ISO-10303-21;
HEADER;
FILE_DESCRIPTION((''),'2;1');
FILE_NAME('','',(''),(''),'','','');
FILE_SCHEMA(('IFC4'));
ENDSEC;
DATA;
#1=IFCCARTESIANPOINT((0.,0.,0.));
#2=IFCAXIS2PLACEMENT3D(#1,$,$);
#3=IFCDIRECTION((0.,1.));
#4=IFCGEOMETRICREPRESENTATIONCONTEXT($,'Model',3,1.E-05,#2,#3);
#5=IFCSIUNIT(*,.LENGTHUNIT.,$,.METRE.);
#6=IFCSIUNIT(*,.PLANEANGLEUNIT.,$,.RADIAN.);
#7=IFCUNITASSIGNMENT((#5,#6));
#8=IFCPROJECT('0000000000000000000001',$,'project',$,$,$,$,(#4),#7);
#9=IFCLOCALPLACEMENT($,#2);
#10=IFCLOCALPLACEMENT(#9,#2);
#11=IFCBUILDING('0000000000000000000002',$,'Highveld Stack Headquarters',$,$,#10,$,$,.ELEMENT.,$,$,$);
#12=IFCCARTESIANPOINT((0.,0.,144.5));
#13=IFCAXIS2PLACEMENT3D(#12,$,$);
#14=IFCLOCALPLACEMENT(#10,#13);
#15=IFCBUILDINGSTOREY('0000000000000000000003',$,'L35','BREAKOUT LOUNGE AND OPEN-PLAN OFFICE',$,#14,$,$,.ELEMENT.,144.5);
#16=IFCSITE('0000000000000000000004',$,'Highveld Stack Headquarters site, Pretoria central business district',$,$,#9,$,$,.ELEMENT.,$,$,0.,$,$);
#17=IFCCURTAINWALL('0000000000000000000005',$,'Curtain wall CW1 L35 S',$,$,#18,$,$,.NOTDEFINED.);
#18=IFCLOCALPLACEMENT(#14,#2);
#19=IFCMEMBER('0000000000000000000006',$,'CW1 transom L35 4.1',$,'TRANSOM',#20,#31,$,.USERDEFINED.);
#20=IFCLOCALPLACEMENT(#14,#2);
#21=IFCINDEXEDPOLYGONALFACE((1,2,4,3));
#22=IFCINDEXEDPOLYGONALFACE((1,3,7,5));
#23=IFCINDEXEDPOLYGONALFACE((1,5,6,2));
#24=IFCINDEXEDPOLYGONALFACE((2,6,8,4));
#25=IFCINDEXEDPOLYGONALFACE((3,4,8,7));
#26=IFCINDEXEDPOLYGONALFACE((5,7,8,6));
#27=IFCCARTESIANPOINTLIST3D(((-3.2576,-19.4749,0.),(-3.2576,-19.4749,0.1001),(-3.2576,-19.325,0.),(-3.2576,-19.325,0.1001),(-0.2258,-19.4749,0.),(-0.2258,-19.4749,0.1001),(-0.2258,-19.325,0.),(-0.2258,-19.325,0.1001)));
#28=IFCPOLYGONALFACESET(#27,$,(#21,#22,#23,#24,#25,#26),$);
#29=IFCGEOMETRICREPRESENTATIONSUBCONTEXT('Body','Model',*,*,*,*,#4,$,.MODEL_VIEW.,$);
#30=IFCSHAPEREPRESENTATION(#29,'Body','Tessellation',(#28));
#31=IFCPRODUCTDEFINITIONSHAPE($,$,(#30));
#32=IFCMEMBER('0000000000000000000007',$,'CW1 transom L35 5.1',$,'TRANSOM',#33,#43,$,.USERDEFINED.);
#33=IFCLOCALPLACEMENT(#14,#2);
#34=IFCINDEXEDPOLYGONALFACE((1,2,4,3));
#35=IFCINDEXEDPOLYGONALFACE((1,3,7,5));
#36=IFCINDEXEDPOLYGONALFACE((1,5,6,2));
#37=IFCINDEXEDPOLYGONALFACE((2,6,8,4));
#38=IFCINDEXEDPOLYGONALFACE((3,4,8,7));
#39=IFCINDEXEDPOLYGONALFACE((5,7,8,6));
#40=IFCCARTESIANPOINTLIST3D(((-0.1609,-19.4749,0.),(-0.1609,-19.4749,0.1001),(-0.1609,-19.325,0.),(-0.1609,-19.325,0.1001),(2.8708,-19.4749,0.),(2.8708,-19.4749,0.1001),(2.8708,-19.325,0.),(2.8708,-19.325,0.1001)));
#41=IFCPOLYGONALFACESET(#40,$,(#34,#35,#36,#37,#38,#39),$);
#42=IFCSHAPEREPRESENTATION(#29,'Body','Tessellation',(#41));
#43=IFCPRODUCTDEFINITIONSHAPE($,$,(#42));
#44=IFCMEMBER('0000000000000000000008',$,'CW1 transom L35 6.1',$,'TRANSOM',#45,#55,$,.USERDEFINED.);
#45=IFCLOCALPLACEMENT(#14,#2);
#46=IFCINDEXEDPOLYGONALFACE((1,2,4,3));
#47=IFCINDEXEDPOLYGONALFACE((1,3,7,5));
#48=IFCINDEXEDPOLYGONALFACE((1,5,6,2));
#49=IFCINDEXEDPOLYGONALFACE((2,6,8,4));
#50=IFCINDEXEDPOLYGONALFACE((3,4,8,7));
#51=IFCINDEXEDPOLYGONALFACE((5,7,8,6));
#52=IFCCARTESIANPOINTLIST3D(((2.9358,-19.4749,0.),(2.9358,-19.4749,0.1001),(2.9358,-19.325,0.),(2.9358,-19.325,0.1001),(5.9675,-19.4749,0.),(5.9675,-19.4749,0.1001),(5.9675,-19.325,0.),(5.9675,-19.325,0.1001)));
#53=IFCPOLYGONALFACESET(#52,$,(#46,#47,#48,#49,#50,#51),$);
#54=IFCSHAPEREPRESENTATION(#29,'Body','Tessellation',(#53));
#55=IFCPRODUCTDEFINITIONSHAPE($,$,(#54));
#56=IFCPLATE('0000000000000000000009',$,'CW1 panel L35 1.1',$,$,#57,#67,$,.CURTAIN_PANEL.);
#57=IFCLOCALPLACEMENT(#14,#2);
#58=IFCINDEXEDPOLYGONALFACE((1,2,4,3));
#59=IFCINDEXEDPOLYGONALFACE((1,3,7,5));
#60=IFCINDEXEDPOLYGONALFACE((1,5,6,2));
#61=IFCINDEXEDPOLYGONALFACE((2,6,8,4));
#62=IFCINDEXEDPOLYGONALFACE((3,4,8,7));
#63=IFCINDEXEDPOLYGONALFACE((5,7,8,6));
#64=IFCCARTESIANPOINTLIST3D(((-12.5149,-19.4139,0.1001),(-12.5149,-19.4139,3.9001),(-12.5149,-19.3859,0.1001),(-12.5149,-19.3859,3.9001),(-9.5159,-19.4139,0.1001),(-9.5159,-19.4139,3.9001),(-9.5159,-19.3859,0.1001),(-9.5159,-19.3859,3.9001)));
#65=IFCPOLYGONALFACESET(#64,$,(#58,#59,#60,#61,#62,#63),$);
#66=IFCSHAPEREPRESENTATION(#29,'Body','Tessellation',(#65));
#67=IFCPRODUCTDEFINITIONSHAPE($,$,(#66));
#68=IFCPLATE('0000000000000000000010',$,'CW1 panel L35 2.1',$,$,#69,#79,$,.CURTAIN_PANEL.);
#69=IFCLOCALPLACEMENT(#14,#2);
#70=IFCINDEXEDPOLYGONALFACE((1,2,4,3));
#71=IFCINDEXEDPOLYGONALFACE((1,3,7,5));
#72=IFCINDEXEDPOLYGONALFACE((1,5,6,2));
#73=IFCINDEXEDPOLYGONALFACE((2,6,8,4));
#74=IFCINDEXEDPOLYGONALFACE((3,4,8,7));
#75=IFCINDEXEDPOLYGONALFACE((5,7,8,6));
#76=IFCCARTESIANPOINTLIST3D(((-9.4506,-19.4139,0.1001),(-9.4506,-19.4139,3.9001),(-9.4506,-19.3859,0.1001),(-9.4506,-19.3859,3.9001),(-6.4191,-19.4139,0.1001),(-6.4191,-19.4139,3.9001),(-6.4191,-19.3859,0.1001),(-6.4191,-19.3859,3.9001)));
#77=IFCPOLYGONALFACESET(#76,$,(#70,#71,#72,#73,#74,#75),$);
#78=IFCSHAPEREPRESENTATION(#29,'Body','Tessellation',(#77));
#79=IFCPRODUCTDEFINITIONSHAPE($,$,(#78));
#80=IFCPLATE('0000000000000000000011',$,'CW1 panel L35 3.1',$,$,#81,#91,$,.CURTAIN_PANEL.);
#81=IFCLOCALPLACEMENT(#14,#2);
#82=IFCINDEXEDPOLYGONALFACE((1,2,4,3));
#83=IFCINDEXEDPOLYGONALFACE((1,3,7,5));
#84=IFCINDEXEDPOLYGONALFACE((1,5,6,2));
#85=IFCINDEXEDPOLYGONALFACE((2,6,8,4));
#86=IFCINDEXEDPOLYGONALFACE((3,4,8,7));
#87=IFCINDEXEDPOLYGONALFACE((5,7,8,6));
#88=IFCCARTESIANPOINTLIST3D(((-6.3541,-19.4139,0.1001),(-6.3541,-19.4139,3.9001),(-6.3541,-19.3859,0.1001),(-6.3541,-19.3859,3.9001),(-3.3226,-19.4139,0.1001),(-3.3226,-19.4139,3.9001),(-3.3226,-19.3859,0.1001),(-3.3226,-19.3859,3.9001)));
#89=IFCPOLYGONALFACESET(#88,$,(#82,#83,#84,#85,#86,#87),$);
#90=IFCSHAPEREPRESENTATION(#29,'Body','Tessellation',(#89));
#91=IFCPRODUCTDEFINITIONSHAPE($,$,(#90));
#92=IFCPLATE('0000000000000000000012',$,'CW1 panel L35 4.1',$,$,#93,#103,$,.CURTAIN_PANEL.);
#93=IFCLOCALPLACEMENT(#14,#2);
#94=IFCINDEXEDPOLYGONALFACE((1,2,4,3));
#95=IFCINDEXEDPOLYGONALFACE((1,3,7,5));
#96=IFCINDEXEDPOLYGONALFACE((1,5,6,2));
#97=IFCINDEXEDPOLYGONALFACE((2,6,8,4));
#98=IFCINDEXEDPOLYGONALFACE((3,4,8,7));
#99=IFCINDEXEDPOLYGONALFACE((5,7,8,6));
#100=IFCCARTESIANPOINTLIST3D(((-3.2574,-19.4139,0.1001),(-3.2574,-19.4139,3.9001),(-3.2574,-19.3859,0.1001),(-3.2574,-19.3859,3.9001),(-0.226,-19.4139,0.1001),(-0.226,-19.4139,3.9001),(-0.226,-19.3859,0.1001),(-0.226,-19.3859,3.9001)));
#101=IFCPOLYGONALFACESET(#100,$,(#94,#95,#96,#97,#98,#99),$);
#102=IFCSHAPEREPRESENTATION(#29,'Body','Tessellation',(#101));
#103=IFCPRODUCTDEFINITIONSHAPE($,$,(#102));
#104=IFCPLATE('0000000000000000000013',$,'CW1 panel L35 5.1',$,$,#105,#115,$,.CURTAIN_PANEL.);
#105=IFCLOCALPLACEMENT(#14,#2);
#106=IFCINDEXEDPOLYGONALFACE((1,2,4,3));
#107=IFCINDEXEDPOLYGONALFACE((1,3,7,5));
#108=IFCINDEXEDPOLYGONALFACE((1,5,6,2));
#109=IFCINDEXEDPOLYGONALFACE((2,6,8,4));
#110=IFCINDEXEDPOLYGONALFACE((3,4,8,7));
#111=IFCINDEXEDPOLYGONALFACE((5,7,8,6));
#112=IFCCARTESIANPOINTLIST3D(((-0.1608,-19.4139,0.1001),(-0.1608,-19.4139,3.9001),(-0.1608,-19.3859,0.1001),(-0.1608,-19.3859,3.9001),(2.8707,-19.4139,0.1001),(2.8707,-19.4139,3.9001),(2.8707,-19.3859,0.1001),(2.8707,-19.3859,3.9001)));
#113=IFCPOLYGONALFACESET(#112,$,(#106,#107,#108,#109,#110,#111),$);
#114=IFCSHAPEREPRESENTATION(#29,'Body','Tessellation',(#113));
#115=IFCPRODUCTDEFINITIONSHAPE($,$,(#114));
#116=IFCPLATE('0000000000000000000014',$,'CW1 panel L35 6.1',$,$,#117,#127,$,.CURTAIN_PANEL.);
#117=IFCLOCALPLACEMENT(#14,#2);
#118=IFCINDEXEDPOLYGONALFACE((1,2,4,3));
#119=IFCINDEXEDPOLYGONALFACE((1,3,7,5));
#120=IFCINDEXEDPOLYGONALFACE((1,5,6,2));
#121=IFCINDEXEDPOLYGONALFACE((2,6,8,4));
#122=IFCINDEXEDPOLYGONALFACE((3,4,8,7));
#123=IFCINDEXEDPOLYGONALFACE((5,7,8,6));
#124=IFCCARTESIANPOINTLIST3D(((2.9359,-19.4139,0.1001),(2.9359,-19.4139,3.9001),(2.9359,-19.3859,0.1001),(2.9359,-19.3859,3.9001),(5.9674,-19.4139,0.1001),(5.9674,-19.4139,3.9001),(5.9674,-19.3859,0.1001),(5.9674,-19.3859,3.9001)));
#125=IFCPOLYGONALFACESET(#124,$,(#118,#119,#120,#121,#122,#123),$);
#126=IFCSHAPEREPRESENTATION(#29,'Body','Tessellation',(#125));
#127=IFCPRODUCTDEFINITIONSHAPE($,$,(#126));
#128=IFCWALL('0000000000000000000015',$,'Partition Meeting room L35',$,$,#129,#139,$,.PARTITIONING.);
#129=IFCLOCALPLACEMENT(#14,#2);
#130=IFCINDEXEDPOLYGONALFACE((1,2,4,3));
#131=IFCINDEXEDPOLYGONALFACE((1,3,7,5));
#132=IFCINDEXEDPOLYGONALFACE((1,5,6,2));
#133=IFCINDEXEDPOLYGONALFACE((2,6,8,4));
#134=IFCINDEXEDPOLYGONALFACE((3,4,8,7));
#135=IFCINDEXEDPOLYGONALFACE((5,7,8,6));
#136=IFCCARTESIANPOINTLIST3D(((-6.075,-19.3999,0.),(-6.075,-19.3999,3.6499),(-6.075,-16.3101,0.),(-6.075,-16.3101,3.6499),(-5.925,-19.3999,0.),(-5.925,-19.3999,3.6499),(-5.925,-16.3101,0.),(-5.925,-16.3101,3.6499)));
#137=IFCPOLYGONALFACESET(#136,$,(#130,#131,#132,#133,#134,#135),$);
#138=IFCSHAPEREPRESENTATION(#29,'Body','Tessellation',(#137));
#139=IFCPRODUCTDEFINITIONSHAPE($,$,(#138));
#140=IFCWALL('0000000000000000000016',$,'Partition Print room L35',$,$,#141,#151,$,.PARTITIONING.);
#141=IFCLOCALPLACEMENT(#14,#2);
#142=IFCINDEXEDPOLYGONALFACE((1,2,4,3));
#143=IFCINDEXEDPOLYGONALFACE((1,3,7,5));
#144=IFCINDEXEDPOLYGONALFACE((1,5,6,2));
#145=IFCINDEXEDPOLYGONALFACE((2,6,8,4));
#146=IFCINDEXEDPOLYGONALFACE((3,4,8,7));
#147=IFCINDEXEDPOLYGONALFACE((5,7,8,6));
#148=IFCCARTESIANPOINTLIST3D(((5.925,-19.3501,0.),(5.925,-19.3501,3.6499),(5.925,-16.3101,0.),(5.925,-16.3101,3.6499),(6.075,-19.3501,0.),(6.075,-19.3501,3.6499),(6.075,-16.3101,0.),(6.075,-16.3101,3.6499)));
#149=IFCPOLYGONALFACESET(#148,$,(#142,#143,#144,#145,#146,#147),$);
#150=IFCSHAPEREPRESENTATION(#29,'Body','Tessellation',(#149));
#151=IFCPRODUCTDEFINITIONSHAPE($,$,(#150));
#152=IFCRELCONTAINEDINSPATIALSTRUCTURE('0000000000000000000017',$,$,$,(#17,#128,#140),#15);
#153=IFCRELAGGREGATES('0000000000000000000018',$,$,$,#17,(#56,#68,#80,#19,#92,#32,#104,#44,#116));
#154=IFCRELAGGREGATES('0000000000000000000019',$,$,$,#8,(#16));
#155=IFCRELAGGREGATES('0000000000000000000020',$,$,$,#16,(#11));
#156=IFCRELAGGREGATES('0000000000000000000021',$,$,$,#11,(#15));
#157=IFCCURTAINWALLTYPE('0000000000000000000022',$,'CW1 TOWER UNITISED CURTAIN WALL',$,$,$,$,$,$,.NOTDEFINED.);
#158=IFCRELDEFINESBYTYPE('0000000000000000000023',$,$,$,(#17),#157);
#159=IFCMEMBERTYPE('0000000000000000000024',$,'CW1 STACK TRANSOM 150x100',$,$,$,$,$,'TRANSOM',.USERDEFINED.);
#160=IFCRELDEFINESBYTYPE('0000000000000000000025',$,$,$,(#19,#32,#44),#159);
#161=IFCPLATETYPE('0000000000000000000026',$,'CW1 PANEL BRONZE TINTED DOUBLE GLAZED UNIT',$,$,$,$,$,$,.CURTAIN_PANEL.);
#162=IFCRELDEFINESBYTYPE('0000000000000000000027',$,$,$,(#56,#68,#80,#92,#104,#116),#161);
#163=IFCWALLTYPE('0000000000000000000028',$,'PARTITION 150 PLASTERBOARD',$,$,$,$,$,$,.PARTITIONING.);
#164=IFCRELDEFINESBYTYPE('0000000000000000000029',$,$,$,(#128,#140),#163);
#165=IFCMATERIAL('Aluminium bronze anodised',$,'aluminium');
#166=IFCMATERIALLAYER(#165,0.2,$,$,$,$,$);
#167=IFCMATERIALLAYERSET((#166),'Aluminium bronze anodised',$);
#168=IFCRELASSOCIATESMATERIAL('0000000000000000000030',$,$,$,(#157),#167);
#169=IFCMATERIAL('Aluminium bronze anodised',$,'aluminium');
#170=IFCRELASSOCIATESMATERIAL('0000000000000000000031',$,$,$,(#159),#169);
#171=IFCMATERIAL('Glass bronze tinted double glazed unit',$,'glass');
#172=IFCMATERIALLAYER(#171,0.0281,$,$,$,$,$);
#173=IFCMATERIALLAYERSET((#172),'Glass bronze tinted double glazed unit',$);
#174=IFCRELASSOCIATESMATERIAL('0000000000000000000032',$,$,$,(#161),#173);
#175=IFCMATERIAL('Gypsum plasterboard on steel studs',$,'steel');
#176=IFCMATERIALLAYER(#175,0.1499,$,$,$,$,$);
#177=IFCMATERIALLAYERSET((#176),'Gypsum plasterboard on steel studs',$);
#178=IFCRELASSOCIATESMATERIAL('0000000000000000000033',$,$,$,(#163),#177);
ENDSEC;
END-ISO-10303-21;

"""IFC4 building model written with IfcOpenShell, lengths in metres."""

from ifc_helpers import new_model, si_unit, direction, frame, frame_2d, origin, origin_2d, place, context, subcontext, project, spatial, rectangle, extrude, material, layer, layer_set, material_profile, profile_set, type_object, element, aggregate, save


model = new_model("IFC4")

# Units and contexts
model_context = context("Model", 3, precision=1e-05, world=origin(), true_north=direction((0.0, 1.0)))
body_context = subcontext(model_context, "Body", "Model", "MODEL_VIEW")
ifc_project = project(units=[si_unit("LENGTHUNIT", "METRE"), si_unit("PLANEANGLEUNIT", "RADIAN")], contexts=[model_context])

# Site, building, storey
site_placement = place(None, origin())
site = spatial("IfcSite", under=ifc_project, at=site_placement, Name="Highveld Stack Headquarters site, Pretoria central business district", CompositionType="ELEMENT", RefElevation=0.0)
building_placement = place(site_placement, origin())
building = spatial("IfcBuilding", under=site, at=building_placement, Name="Highveld Stack Headquarters", CompositionType="ELEMENT")
storey_placement = place(building_placement, frame((0.0, 0.0, 144.5)))
storey = spatial("IfcBuildingStorey", under=building, at=storey_placement, Name="L35", Description="BREAKOUT LOUNGE AND OPEN-PLAN OFFICE", CompositionType="ELEMENT", Elevation=144.5)

# Curtain wall, members, plates
ifc_material_1 = material(Name="Aluminium bronze anodised", Category="aluminium")
ifc_layer_1 = layer(ifc_material_1, 0.2)
ifc_layer_set_1 = layer_set([ifc_layer_1], Name="Aluminium bronze anodised")
curtain_wall_type = type_object("IfcCurtainWallType", Name="CW1 TOWER UNITISED CURTAIN WALL", PredefinedType="NOTDEFINED", material=ifc_layer_set_1)
curtain_wall_placement = place(storey_placement, origin())
curtain_wall = element("IfcCurtainWall", 1, at=curtain_wall_placement, inside=storey, type_object=curtain_wall_type, Name="Curtain wall CW1 L35 S", PredefinedType="NOTDEFINED")
ifc_material_2 = material(Name="Aluminium bronze anodised", Category="aluminium")
ifc_material_profile_1 = material_profile(ifc_material_2, rectangle(XDim=0.1499, YDim=0.1001, at=origin_2d()), Name="CW1 TRANSOM 150x100")
ifc_profile_set_1 = profile_set([ifc_material_profile_1], Name="Aluminium bronze anodised")
member_type_1 = type_object("IfcMemberType", Name="CW1 STACK TRANSOM 150x100", ElementType="TRANSOM", PredefinedType="USERDEFINED", material=ifc_profile_set_1)
member_1_placement = place(storey_placement, frame((-3.2576, -19.3999, 0.05), z_axis=(1.0, 0.0, 0.0), x_axis=(0.0, 1.0, 0.0)))
member_1 = element("IfcMember", 2, at=member_1_placement, type_object=member_type_1, Name="CW1 transom L35 4.1", ObjectType="TRANSOM", PredefinedType="USERDEFINED", context=body_context, shape_type="SweptSolid", body=[
    extrude(rectangle(XDim=0.1499, YDim=0.1001, at=origin_2d()), origin(), (0.0, 0.0, 1.0), 3.0317),
])
member_2_placement = place(storey_placement, frame((-0.1609, -19.3999, 0.05), z_axis=(1.0, 0.0, 0.0), x_axis=(0.0, 1.0, 0.0)))
member_2 = element("IfcMember", 3, at=member_2_placement, type_object=member_type_1, Name="CW1 transom L35 5.1", ObjectType="TRANSOM", PredefinedType="USERDEFINED", context=body_context, shape_type="SweptSolid", body=[
    extrude(rectangle(XDim=0.1499, YDim=0.1001, at=origin_2d()), origin(), (0.0, 0.0, 1.0), 3.0317),
])
member_3_placement = place(storey_placement, frame((2.9358, -19.3999, 0.05), z_axis=(1.0, 0.0, 0.0), x_axis=(0.0, 1.0, 0.0)))
member_3 = element("IfcMember", 4, at=member_3_placement, type_object=member_type_1, Name="CW1 transom L35 6.1", ObjectType="TRANSOM", PredefinedType="USERDEFINED", context=body_context, shape_type="SweptSolid", body=[
    extrude(rectangle(XDim=0.1499, YDim=0.1001, at=origin_2d()), origin(), (0.0, 0.0, 1.0), 3.0317),
])
ifc_material_3 = material(Name="Glass bronze tinted double glazed unit", Category="glass")
ifc_layer_2 = layer(ifc_material_3, 0.0281)
ifc_layer_set_2 = layer_set([ifc_layer_2], Name="Glass bronze tinted double glazed unit")
plate_type = type_object("IfcPlateType", Name="CW1 PANEL BRONZE TINTED DOUBLE GLAZED UNIT", PredefinedType="CURTAIN_PANEL", material=ifc_layer_set_2)
plate_1_placement = place(storey_placement, frame((-11.0154, -19.3999, 0.1001), z_axis=(0.0, 0.0, 1.0), x_axis=(1.0, 0.0, 0.0)))
plate_1 = element("IfcPlate", 5, at=plate_1_placement, type_object=plate_type, Name="CW1 panel L35 1.1", PredefinedType="CURTAIN_PANEL", context=body_context, shape_type="SweptSolid", body=[
    extrude(rectangle(XDim=2.999, YDim=0.0281, at=origin_2d()), origin(), (0.0, 0.0, 1.0), 3.8),
])
plate_2_placement = place(storey_placement, frame((-7.9348, -19.3999, 0.1001), z_axis=(0.0, 0.0, 1.0), x_axis=(1.0, 0.0, 0.0)))
plate_2 = element("IfcPlate", 6, at=plate_2_placement, type_object=plate_type, Name="CW1 panel L35 2.1", PredefinedType="CURTAIN_PANEL", context=body_context, shape_type="SweptSolid", body=[
    extrude(rectangle(XDim=3.0315, YDim=0.0281, at=origin_2d()), origin(), (0.0, 0.0, 1.0), 3.8),
])
plate_3_placement = place(storey_placement, frame((-4.8384, -19.3999, 0.1001), z_axis=(0.0, 0.0, 1.0), x_axis=(1.0, 0.0, 0.0)))
plate_3 = element("IfcPlate", 7, at=plate_3_placement, type_object=plate_type, Name="CW1 panel L35 3.1", PredefinedType="CURTAIN_PANEL", context=body_context, shape_type="SweptSolid", body=[
    extrude(rectangle(XDim=3.0315, YDim=0.0281, at=origin_2d()), origin(), (0.0, 0.0, 1.0), 3.8),
])
plate_4_placement = place(storey_placement, frame((-1.7417, -19.3999, 0.1001), z_axis=(0.0, 0.0, 1.0), x_axis=(1.0, 0.0, 0.0)))
plate_4 = element("IfcPlate", 8, at=plate_4_placement, type_object=plate_type, Name="CW1 panel L35 4.1", PredefinedType="CURTAIN_PANEL", context=body_context, shape_type="SweptSolid", body=[
    extrude(rectangle(XDim=3.0315, YDim=0.0281, at=origin_2d()), origin(), (0.0, 0.0, 1.0), 3.8),
])
plate_5_placement = place(storey_placement, frame((1.355, -19.3999, 0.1001), z_axis=(0.0, 0.0, 1.0), x_axis=(1.0, 0.0, 0.0)))
plate_5 = element("IfcPlate", 9, at=plate_5_placement, type_object=plate_type, Name="CW1 panel L35 5.1", PredefinedType="CURTAIN_PANEL", context=body_context, shape_type="SweptSolid", body=[
    extrude(rectangle(XDim=3.0315, YDim=0.0281, at=origin_2d()), origin(), (0.0, 0.0, 1.0), 3.8),
])
plate_6_placement = place(storey_placement, frame((4.4517, -19.3999, 0.1001), z_axis=(0.0, 0.0, 1.0), x_axis=(1.0, 0.0, 0.0)))
plate_6 = element("IfcPlate", 10, at=plate_6_placement, type_object=plate_type, Name="CW1 panel L35 6.1", PredefinedType="CURTAIN_PANEL", context=body_context, shape_type="SweptSolid", body=[
    extrude(rectangle(XDim=3.0315, YDim=0.0281, at=origin_2d()), origin(), (0.0, 0.0, 1.0), 3.8),
])
aggregate(curtain_wall, [plate_1, plate_2, plate_3, member_1, plate_4, member_2, plate_5, member_3, plate_6])

# Walls
ifc_material_4 = material(Name="Gypsum plasterboard on steel studs", Category="steel")
ifc_layer_3 = layer(ifc_material_4, 0.1499)
ifc_layer_set_3 = layer_set([ifc_layer_3], Name="Gypsum plasterboard on steel studs")
wall_type = type_object("IfcWallType", Name="PARTITION 150 PLASTERBOARD", PredefinedType="PARTITIONING", material=ifc_layer_set_3)
wall_1_placement = place(storey_placement, frame((-6.0, -19.3999, 0.0), z_axis=(0.0, 0.0, 1.0), x_axis=(0.0, 1.0, 0.0)))
element("IfcWall", 11, at=wall_1_placement, inside=storey, type_object=wall_type, Name="Partition Meeting room L35", PredefinedType="PARTITIONING", context=body_context, shape_type="SweptSolid", body=[
    extrude(rectangle(XDim=3.0898, YDim=0.1499, at=frame_2d((1.5449, 0.0))), origin(), (0.0, 0.0, 1.0), 3.6499),
])
wall_2_placement = place(storey_placement, frame((6.0, -19.3501, 0.0), z_axis=(0.0, 0.0, 1.0), x_axis=(0.0, 1.0, 0.0)))
element("IfcWall", 12, at=wall_2_placement, inside=storey, type_object=wall_type, Name="Partition Print room L35", PredefinedType="PARTITIONING", context=body_context, shape_type="SweptSolid", body=[
    extrude(rectangle(XDim=3.04, YDim=0.1499, at=frame_2d((1.52, 0.0))), origin(), (0.0, 0.0, 1.0), 3.6499),
])

save(model, "model.ifc")
